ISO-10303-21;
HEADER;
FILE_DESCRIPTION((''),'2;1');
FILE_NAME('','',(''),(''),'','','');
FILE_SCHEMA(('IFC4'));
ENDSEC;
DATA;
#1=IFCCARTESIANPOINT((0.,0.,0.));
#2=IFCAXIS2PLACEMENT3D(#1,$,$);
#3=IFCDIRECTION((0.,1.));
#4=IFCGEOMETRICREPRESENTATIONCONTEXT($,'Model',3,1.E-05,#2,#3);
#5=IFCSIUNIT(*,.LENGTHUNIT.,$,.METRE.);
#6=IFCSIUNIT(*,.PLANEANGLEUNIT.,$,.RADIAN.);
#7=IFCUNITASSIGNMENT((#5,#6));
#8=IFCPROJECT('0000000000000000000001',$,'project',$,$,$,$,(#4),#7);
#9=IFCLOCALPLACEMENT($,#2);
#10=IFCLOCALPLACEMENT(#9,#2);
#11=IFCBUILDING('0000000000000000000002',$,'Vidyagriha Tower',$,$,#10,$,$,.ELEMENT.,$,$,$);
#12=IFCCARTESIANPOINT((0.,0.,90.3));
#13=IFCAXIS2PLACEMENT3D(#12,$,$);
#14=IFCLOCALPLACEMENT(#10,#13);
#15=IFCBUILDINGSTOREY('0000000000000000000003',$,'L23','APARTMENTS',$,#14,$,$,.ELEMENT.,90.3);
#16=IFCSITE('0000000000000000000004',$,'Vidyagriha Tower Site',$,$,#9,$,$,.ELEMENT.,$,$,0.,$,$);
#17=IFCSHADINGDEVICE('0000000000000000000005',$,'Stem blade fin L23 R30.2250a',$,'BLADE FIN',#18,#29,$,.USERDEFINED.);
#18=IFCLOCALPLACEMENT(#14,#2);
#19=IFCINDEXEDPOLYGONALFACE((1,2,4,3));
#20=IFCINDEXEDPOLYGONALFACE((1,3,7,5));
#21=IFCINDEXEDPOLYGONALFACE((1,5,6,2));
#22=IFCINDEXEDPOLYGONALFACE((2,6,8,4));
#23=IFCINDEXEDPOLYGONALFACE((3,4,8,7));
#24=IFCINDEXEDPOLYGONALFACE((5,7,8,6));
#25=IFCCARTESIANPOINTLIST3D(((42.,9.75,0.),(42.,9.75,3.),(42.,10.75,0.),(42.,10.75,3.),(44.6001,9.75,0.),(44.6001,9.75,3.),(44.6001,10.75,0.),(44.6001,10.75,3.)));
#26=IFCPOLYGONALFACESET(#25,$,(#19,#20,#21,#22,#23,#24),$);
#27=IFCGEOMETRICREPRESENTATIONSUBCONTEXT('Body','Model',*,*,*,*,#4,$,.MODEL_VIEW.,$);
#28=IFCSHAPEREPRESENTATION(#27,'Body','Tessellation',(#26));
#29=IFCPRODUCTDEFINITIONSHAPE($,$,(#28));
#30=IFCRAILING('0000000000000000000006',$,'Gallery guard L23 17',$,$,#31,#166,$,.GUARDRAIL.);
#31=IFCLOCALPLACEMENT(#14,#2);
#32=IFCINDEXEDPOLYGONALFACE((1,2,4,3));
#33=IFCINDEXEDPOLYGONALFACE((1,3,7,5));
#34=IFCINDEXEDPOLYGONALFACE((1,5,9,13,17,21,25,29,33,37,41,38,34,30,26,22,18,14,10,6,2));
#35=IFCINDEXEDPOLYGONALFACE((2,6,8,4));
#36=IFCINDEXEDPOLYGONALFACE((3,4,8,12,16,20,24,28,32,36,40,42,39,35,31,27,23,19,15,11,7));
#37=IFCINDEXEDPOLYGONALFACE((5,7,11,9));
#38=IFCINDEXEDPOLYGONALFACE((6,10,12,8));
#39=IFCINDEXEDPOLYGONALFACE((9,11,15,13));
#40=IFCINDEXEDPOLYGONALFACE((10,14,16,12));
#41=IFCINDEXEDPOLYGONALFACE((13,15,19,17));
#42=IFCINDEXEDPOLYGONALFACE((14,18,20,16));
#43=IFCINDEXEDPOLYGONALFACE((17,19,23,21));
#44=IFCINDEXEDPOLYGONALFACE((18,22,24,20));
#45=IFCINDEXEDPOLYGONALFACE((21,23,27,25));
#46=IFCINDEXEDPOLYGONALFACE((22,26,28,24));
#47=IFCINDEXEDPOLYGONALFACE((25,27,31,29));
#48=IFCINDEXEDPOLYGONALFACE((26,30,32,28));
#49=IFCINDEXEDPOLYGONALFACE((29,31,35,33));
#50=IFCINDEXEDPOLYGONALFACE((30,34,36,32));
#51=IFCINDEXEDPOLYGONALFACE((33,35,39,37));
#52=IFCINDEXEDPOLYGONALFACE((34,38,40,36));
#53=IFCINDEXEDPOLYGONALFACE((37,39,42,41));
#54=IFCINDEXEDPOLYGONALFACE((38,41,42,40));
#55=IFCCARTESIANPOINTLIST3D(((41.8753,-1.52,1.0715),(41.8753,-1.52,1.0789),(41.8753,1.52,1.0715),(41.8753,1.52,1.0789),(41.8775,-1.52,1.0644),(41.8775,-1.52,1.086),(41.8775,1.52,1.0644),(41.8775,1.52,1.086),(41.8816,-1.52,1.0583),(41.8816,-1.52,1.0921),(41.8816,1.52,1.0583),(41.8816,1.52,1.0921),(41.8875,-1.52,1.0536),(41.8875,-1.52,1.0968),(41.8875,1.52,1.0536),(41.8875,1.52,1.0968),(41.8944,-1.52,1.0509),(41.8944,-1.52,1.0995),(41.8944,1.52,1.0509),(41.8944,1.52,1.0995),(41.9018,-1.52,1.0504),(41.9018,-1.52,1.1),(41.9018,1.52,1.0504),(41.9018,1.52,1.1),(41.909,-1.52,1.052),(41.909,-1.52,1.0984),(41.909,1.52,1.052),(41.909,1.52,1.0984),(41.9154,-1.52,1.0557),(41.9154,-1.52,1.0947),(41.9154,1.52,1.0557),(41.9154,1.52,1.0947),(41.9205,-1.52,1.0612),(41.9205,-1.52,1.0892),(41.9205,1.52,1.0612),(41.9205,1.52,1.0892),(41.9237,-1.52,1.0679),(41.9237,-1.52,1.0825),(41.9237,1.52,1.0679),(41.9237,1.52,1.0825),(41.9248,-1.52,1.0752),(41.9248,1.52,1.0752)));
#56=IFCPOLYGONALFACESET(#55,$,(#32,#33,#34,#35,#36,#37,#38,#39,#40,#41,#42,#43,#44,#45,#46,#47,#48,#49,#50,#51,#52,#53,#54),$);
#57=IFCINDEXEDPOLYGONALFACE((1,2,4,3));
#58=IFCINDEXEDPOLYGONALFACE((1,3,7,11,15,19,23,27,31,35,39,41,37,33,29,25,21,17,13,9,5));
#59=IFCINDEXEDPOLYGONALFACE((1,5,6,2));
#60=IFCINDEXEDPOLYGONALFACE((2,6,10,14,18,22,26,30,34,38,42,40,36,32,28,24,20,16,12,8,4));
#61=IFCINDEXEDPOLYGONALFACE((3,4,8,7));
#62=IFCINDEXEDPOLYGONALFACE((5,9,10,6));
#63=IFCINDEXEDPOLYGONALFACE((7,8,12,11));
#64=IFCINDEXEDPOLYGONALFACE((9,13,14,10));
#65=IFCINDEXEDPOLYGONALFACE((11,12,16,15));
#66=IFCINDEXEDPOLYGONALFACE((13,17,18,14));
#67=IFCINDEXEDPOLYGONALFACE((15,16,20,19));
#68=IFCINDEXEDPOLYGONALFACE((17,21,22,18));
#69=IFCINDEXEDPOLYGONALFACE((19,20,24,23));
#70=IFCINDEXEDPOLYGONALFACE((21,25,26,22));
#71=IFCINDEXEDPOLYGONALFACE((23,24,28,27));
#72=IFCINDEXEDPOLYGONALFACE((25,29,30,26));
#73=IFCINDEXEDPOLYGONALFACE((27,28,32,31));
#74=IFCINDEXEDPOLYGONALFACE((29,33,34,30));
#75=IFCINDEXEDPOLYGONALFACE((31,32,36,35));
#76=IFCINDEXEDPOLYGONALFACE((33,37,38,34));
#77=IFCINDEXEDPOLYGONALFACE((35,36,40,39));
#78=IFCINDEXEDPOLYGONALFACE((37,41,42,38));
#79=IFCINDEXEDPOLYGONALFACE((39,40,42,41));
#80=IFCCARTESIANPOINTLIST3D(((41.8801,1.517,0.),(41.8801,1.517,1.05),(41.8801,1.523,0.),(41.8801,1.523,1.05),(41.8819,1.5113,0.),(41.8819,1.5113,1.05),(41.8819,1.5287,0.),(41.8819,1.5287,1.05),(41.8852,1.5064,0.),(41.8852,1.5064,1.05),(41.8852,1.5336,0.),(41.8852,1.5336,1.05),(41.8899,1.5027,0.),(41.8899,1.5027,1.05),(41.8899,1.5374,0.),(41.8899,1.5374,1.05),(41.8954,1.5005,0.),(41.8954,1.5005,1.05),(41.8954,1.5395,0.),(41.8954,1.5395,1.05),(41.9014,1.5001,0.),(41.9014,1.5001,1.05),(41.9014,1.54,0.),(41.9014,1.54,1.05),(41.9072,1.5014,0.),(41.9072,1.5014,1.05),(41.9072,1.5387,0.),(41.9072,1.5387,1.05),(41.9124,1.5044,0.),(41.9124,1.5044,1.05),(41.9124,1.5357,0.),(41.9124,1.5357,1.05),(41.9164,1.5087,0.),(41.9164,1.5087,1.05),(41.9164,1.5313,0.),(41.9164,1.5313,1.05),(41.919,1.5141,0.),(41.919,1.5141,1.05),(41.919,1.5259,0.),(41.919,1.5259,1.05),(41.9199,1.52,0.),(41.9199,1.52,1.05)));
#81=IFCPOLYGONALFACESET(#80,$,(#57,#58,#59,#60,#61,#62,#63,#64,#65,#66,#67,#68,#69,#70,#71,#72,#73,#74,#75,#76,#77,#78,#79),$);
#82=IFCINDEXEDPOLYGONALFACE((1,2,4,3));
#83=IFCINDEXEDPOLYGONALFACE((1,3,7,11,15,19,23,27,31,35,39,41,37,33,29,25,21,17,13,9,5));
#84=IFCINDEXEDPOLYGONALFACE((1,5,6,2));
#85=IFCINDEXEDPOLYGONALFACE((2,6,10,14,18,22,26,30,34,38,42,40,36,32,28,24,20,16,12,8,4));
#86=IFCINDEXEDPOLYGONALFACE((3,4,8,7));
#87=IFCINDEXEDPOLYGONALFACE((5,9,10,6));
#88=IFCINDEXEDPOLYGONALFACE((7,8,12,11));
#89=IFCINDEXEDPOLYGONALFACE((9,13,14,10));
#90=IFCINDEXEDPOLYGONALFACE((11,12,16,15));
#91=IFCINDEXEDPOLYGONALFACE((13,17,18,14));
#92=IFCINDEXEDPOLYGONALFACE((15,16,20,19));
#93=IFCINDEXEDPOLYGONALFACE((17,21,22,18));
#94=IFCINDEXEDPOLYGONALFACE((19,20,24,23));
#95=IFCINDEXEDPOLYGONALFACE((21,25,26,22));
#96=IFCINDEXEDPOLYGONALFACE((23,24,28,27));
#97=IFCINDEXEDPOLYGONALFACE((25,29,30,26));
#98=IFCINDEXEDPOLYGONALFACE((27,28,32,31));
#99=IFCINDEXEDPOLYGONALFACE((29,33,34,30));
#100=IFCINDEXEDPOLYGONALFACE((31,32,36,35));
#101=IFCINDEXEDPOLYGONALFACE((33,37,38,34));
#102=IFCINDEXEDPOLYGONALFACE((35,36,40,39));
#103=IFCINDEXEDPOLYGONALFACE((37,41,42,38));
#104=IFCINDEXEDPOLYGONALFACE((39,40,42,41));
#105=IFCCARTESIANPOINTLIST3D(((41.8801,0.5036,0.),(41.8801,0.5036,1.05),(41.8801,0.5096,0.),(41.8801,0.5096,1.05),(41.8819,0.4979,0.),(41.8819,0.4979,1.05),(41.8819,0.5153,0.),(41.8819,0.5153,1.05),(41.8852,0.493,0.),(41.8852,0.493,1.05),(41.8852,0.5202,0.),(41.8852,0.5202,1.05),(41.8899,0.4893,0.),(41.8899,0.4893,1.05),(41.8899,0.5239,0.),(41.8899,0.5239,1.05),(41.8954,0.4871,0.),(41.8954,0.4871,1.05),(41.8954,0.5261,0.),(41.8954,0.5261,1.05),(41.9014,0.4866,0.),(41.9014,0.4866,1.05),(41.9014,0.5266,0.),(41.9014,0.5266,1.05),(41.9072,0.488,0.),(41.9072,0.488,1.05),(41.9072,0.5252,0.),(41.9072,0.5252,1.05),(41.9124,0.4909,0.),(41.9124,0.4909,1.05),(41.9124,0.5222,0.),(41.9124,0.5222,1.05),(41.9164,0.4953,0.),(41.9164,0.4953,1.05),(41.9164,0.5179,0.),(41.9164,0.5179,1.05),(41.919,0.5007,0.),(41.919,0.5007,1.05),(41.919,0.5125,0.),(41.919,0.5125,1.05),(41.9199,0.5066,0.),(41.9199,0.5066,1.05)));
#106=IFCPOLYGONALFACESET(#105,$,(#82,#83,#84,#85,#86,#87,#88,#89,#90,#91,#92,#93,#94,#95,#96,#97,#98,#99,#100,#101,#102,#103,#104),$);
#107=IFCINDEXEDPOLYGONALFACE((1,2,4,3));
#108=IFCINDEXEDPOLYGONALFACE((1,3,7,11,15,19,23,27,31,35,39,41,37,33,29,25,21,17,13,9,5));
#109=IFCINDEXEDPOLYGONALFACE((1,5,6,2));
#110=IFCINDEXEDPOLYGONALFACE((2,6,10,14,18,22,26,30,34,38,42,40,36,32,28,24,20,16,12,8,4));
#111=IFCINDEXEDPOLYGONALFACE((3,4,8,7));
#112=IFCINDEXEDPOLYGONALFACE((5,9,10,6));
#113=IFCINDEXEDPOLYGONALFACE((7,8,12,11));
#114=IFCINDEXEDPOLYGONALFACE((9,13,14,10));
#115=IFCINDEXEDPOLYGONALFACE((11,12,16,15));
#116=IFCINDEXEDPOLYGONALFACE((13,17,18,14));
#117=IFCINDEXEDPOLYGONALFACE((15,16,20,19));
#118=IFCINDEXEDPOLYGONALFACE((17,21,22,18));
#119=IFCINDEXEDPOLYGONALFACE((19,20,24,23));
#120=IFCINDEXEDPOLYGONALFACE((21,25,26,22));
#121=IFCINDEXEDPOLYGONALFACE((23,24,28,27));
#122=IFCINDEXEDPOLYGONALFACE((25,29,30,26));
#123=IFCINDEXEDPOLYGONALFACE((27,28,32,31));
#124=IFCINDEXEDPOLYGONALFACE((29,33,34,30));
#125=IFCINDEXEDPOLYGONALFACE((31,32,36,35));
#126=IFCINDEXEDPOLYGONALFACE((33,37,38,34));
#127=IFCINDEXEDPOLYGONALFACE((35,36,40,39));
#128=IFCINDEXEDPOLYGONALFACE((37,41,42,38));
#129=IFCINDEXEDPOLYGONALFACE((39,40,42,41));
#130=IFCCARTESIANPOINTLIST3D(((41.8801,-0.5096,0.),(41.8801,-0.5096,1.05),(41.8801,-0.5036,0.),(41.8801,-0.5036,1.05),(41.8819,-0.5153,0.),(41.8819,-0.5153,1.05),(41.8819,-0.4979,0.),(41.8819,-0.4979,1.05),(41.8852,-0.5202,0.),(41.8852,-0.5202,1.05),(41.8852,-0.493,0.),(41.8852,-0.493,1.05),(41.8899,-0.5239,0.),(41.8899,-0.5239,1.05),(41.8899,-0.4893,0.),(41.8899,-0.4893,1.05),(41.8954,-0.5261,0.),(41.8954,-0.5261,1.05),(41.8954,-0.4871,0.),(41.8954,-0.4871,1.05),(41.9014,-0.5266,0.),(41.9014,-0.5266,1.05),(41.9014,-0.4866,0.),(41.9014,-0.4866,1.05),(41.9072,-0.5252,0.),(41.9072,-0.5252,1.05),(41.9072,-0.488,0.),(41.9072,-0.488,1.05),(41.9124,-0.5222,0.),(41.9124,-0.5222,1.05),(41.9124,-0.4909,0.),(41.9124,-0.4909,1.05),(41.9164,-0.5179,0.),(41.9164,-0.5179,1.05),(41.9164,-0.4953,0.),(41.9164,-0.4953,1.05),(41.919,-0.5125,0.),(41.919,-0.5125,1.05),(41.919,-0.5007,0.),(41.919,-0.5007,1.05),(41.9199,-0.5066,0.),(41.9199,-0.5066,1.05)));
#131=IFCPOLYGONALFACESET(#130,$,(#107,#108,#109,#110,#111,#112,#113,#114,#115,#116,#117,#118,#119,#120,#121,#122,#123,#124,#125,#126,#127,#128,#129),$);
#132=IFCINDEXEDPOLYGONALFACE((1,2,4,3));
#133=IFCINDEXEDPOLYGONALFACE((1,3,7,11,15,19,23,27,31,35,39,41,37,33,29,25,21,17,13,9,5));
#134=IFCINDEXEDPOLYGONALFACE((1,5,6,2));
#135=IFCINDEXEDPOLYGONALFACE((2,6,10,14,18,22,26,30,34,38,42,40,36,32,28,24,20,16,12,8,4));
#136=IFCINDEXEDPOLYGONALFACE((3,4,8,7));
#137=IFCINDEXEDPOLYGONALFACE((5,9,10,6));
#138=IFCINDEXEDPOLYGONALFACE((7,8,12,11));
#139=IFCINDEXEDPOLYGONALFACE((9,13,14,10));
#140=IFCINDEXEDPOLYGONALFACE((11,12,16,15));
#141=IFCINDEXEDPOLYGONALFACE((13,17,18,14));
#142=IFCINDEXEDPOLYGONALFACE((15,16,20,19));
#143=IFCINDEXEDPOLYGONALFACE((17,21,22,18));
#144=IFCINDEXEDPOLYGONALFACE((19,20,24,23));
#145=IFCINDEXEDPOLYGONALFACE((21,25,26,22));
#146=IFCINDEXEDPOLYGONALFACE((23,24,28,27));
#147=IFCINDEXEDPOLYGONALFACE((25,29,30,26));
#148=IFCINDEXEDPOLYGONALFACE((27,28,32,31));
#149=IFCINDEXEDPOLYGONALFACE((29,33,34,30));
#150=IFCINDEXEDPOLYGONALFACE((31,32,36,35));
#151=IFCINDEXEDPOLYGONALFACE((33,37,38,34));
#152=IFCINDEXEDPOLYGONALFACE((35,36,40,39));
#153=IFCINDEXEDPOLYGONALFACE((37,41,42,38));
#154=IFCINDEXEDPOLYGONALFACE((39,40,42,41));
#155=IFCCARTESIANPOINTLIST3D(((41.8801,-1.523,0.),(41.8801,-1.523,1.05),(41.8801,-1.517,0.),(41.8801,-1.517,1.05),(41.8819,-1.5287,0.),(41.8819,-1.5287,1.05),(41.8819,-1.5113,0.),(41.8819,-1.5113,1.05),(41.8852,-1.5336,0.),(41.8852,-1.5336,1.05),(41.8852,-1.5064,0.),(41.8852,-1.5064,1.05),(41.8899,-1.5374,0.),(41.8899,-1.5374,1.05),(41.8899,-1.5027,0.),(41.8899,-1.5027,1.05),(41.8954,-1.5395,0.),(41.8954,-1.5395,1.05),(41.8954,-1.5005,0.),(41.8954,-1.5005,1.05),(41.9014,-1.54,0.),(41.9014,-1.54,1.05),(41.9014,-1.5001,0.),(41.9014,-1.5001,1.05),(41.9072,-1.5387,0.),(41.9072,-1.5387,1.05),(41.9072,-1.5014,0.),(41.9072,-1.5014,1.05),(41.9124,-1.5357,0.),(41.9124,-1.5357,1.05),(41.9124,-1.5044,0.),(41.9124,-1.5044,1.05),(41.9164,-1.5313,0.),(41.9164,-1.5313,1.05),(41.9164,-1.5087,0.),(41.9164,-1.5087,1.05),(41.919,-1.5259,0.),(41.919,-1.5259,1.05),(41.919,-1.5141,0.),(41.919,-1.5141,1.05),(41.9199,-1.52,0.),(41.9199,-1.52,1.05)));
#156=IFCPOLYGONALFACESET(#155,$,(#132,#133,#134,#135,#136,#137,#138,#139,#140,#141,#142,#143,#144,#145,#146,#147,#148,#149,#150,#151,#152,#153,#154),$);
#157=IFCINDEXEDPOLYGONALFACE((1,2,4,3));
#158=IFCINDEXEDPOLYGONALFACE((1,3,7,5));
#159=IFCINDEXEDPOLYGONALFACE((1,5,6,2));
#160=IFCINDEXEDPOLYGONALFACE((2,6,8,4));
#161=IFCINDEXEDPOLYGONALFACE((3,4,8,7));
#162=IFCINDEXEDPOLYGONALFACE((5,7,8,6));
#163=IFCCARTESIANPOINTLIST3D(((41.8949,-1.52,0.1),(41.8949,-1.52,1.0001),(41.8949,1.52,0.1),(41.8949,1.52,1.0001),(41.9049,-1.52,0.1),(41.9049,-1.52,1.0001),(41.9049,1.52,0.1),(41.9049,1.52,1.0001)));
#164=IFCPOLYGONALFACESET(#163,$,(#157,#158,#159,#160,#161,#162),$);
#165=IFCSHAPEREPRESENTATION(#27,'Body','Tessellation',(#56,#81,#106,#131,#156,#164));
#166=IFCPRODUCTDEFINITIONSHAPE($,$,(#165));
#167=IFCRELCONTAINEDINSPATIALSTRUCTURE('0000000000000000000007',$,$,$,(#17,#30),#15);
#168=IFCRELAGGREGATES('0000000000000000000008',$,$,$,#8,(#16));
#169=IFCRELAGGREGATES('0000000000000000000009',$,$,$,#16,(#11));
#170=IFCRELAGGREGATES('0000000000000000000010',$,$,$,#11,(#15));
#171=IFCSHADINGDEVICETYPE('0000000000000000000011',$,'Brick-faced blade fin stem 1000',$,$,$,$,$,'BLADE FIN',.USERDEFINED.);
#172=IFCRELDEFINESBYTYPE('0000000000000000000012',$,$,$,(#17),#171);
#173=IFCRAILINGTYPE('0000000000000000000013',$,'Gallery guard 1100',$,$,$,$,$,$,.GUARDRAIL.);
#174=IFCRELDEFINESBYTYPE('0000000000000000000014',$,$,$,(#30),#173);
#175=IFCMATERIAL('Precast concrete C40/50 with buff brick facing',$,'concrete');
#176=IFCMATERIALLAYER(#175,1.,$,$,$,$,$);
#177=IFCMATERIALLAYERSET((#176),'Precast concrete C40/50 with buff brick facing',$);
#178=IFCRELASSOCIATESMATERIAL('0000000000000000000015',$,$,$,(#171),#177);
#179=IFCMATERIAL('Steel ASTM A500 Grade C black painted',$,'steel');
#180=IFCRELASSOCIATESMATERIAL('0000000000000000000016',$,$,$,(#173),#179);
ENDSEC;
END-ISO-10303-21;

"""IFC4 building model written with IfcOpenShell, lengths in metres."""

from ifc_helpers import new_model, si_unit, direction, frame, origin, origin_2d, place, context, subcontext, project, spatial, polyline, rectangle, circle, outline, extrude, material, layer, layer_set, type_object, element, save


model = new_model("IFC4")

# Units and contexts
model_context = context("Model", 3, precision=1e-05, world=origin(), true_north=direction((0.0, 1.0)))
body_context = subcontext(model_context, "Body", "Model", "MODEL_VIEW")
ifc_project = project(units=[si_unit("LENGTHUNIT", "METRE"), si_unit("PLANEANGLEUNIT", "RADIAN")], contexts=[model_context])

# Site, building, storey
site_placement = place(None, origin())
site = spatial("IfcSite", under=ifc_project, at=site_placement, Name="Vidyagriha Tower Site", CompositionType="ELEMENT", RefElevation=0.0)
building_placement = place(site_placement, origin())
building = spatial("IfcBuilding", under=site, at=building_placement, Name="Vidyagriha Tower", CompositionType="ELEMENT")
storey_placement = place(building_placement, frame((0.0, 0.0, 90.3)))
storey = spatial("IfcBuildingStorey", under=building, at=storey_placement, Name="L23", Description="APARTMENTS", CompositionType="ELEMENT", Elevation=90.3)

# Shading device
ifc_material_1 = material(Name="Precast concrete C40/50 with buff brick facing", Category="concrete")
ifc_layer_1 = layer(ifc_material_1, 1.0)
ifc_layer_set_1 = layer_set([ifc_layer_1], Name="Precast concrete C40/50 with buff brick facing")
shading_device_type_1 = type_object("IfcShadingDeviceType", Name="Brick-faced blade fin stem 1000", ElementType="BLADE FIN", PredefinedType="USERDEFINED", material=ifc_layer_set_1)
shading_device_1_placement = place(storey_placement, frame((43.3, 9.75, 0.0), z_axis=(0.0, 0.0, 1.0), x_axis=(0.0, 1.0, 0.0)))
element("IfcShadingDevice", 1, at=shading_device_1_placement, inside=storey, type_object=shading_device_type_1, Name="Stem blade fin L23 R30.2250a", ObjectType="BLADE FIN", PredefinedType="USERDEFINED", context=body_context, shape_type="SweptSolid", body=[
    extrude(outline(polyline([(0.0, 0.0), (1.0, 0.0), (1.0, 3.0), (0.0, 3.0), (0.0, 0.0)])), frame((0.0, 1.3, 0.0), z_axis=(0.0, -1.0, 0.0), x_axis=(1.0, 0.0, 0.0)), (0.0, 0.0, 1.0), 2.6001),
])

# Railing
ifc_material_2 = material(Name="Steel ASTM A500 Grade C black painted", Category="steel")
railing_type_1 = type_object("IfcRailingType", Name="Gallery guard 1100", PredefinedType="GUARDRAIL", material=ifc_material_2)
railing_1_placement = place(storey_placement, frame((41.8999, 1.52, 0.0)))
element("IfcRailing", 2, at=railing_1_placement, inside=storey, type_object=railing_type_1, Name="Gallery guard L23 17", PredefinedType="GUARDRAIL", context=body_context, shape_type="SweptSolid", body=[
    extrude(circle(Radius=0.0249, at=origin_2d()), frame((0.0, 0.0, 1.0752), z_axis=(0.0, -1.0, 0.0), x_axis=(1.0, 0.0, 0.0)), (0.0, 0.0, 1.0), 3.04),
    extrude(circle(Radius=0.02, at=origin_2d()), origin(), (0.0, 0.0, 1.0), 1.05),
    extrude(circle(Radius=0.02, at=origin_2d()), frame((0.0, -1.0134, 0.0)), (0.0, 0.0, 1.0), 1.05),
    extrude(circle(Radius=0.02, at=origin_2d()), frame((0.0, -2.0266, 0.0)), (0.0, 0.0, 1.0), 1.05),
    extrude(circle(Radius=0.02, at=origin_2d()), frame((0.0, -3.04, 0.0)), (0.0, 0.0, 1.0), 1.05),
    extrude(rectangle(XDim=0.01, YDim=0.9001, at=origin_2d()), frame((0.0, 0.0, 0.55), z_axis=(0.0, -1.0, 0.0), x_axis=(1.0, 0.0, 0.0)), (0.0, 0.0, 1.0), 3.04),
])

save(model, "model.ifc")
